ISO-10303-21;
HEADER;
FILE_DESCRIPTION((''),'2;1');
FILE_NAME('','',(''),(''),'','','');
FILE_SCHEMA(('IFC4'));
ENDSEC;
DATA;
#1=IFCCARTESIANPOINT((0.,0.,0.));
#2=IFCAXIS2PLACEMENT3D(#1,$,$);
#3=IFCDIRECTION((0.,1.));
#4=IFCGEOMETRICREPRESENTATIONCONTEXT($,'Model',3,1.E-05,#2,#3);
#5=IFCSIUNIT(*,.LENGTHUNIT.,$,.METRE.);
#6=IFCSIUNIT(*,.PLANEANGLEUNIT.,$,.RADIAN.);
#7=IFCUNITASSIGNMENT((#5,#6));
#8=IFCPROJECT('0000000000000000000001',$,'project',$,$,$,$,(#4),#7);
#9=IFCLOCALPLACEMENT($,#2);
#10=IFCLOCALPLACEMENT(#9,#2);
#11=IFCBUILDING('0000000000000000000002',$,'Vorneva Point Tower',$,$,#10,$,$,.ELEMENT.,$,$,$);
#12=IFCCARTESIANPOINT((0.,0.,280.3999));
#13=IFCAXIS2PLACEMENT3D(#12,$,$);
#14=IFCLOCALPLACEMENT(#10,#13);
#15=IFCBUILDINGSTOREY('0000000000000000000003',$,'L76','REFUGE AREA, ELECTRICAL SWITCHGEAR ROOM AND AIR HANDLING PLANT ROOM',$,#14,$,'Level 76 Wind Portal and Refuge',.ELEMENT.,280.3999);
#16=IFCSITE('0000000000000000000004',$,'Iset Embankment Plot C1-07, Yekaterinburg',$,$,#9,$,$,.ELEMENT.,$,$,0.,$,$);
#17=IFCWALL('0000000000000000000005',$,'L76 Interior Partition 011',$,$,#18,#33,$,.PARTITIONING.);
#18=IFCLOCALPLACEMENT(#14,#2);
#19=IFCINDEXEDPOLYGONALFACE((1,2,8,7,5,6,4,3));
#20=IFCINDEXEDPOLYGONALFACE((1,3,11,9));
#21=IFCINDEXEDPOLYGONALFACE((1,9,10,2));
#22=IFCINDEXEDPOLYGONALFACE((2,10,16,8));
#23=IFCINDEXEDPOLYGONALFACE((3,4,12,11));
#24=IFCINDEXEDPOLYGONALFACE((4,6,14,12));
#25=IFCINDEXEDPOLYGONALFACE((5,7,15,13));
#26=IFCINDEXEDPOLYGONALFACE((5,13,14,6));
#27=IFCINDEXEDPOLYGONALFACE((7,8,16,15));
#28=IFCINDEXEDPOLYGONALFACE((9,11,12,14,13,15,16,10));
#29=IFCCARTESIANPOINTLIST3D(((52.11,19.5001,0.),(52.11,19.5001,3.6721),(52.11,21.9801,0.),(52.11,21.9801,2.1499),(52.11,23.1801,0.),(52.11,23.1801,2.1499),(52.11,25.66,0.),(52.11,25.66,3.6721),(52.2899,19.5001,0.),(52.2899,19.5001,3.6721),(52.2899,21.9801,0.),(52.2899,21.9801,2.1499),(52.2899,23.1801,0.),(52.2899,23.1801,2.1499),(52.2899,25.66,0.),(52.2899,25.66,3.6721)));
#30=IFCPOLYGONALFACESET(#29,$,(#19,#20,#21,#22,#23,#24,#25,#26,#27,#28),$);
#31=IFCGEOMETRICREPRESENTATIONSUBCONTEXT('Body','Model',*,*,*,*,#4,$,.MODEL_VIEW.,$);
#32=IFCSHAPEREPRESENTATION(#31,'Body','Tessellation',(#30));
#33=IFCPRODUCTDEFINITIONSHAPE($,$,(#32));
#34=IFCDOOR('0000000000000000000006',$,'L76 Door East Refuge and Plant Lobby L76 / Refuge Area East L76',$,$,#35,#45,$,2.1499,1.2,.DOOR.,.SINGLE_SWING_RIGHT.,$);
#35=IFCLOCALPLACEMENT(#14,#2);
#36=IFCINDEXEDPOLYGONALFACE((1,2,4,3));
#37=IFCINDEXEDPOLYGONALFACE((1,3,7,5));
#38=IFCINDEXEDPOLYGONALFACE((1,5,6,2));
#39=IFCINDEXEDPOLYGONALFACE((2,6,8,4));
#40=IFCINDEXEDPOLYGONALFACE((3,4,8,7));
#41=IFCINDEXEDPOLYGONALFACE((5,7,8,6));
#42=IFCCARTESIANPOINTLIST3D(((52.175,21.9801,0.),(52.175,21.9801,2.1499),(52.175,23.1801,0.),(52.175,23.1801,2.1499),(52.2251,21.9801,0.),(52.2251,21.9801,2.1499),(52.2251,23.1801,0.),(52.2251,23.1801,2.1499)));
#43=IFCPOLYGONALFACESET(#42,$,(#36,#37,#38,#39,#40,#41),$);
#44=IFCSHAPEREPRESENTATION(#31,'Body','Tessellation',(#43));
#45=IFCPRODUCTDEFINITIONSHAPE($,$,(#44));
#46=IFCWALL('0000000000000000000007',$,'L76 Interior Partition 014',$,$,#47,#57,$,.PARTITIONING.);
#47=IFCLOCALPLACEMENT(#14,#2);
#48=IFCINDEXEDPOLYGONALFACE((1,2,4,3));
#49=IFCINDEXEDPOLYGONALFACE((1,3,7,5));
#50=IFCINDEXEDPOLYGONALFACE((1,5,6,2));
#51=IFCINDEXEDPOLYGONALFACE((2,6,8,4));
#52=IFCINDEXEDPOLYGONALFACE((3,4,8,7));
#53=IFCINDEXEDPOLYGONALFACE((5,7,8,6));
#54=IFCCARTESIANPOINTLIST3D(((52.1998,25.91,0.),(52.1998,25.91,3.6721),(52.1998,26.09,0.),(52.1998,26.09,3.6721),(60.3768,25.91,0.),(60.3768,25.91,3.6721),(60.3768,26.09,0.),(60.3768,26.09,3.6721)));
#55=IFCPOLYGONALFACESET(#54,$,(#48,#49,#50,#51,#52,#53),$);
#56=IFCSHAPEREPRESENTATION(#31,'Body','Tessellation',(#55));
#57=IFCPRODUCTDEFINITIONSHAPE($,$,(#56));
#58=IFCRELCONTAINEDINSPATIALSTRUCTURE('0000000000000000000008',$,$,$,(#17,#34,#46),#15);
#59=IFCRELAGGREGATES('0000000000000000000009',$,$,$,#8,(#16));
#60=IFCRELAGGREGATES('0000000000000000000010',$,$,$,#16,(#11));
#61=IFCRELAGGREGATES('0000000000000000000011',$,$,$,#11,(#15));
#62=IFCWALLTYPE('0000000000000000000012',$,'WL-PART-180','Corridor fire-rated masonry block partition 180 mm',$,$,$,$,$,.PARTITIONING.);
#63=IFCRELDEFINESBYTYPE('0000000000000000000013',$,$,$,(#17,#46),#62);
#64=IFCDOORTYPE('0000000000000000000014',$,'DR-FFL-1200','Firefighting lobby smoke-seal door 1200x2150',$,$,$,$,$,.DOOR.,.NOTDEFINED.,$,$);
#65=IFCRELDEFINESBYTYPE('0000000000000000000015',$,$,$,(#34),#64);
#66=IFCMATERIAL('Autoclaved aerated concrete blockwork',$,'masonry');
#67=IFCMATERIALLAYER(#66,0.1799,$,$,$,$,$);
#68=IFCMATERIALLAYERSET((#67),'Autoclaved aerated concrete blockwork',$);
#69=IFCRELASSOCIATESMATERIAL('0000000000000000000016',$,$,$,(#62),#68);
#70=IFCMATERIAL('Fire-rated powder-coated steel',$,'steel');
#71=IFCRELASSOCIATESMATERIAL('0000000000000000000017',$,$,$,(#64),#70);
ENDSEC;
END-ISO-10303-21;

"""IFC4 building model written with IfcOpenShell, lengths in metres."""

from ifc_helpers import new_model, si_unit, direction, frame, frame_2d, origin, place, context, subcontext, project, spatial, rectangle, extrude, material, layer, layer_set, type_object, element, fill, save


model = new_model("IFC4")

# Units and contexts
model_context = context("Model", 3, precision=1e-05, world=origin(), true_north=direction((0.0, 1.0)))
body_context = subcontext(model_context, "Body", "Model", "MODEL_VIEW")
ifc_project = project(units=[si_unit("LENGTHUNIT", "METRE"), si_unit("PLANEANGLEUNIT", "RADIAN")], contexts=[model_context])

# Site, building, storey
site_placement = place(None, origin())
site = spatial("IfcSite", under=ifc_project, at=site_placement, Name="Iset Embankment Plot C1-07, Yekaterinburg", CompositionType="ELEMENT", RefElevation=0.0)
building_placement = place(site_placement, origin())
building = spatial("IfcBuilding", under=site, at=building_placement, Name="Vorneva Point Tower", CompositionType="ELEMENT")
storey_placement = place(building_placement, frame((0.0, 0.0, 280.3999)))
storey = spatial("IfcBuildingStorey", under=building, at=storey_placement, Name="L76", Description="REFUGE AREA, ELECTRICAL SWITCHGEAR ROOM AND AIR HANDLING PLANT ROOM", LongName="Level 76 Wind Portal and Refuge", CompositionType="ELEMENT", Elevation=280.3999)

# Wall, opening, door
ifc_material_1 = material(Name="Autoclaved aerated concrete blockwork", Category="masonry")
ifc_layer_1 = layer(ifc_material_1, 0.1799)
ifc_layer_set_1 = layer_set([ifc_layer_1], Name="Autoclaved aerated concrete blockwork")
wall_type_1 = type_object("IfcWallType", Name="WL-PART-180", Description="Corridor fire-rated masonry block partition 180 mm", PredefinedType="PARTITIONING", material=ifc_layer_set_1)
ifc_material_2 = material(Name="Fire-rated powder-coated steel", Category="steel")
wall_1_placement = place(storey_placement, frame((52.2, 19.5, 0.0), z_axis=(0.0, 0.0, 1.0), x_axis=(0.0, 1.0, 0.0)))
wall_1 = element("IfcWall", 1, at=wall_1_placement, inside=storey, type_object=wall_type_1, Name="L76 Interior Partition 011", PredefinedType="PARTITIONING", context=body_context, shape_type="SweptSolid", body=[
    extrude(rectangle(XDim=6.1599, YDim=0.1799, at=frame_2d((3.0801, 0.0))), origin(), (0.0, 0.0, 1.0), 3.6721),
])
opening_1_placement = place(wall_1_placement, frame((2.48, 0.0, 0.0)))
opening_1 = element("IfcOpeningElement", 2, at=opening_1_placement, cuts=wall_1, PredefinedType="OPENING", context=body_context, shape_type="SweptSolid", body=[
    extrude(rectangle(XDim=1.2, YDim=2.1499, at=frame_2d((0.6001, 1.075))), frame((0.0, 0.105, 0.0), z_axis=(0.0, -1.0, 0.0), x_axis=(1.0, 0.0, 0.0)), (0.0, 0.0, 1.0), 0.2097),
])
door_type_1 = type_object("IfcDoorType", Name="DR-FFL-1200", Description="Firefighting lobby smoke-seal door 1200x2150", OperationType="NOTDEFINED", PredefinedType="DOOR", material=ifc_material_2)
door_1_placement = place(opening_1_placement, origin())
door_1 = element("IfcDoor", 3, at=door_1_placement, inside=storey, type_object=door_type_1, Name="L76 Door East Refuge and Plant Lobby L76 / Refuge Area East L76", OperationType="SINGLE_SWING_RIGHT", OverallHeight=2.1499, OverallWidth=1.2, PredefinedType="DOOR", context=body_context, shape_type="SweptSolid", body=[
    extrude(rectangle(XDim=1.2, YDim=2.1499, at=frame_2d((0.6001, 1.075))), frame((0.0, 0.0249, 0.0), z_axis=(0.0, -1.0, 0.0), x_axis=(1.0, 0.0, 0.0)), (0.0, 0.0, 1.0), 0.05),
])
fill(opening_1, door_1)

# Wall
wall_2_placement = place(storey_placement, frame((52.2, 26.0, 0.0), z_axis=(0.0, 0.0, 1.0), x_axis=(1.0, 0.0, 0.0)))
element("IfcWall", 4, at=wall_2_placement, inside=storey, type_object=wall_type_1, Name="L76 Interior Partition 014", PredefinedType="PARTITIONING", context=body_context, shape_type="SweptSolid", body=[
    extrude(rectangle(XDim=8.177, YDim=0.1799, at=frame_2d((4.0884, 0.0))), origin(), (0.0, 0.0, 1.0), 3.6721),
])

save(model, "model.ifc")
